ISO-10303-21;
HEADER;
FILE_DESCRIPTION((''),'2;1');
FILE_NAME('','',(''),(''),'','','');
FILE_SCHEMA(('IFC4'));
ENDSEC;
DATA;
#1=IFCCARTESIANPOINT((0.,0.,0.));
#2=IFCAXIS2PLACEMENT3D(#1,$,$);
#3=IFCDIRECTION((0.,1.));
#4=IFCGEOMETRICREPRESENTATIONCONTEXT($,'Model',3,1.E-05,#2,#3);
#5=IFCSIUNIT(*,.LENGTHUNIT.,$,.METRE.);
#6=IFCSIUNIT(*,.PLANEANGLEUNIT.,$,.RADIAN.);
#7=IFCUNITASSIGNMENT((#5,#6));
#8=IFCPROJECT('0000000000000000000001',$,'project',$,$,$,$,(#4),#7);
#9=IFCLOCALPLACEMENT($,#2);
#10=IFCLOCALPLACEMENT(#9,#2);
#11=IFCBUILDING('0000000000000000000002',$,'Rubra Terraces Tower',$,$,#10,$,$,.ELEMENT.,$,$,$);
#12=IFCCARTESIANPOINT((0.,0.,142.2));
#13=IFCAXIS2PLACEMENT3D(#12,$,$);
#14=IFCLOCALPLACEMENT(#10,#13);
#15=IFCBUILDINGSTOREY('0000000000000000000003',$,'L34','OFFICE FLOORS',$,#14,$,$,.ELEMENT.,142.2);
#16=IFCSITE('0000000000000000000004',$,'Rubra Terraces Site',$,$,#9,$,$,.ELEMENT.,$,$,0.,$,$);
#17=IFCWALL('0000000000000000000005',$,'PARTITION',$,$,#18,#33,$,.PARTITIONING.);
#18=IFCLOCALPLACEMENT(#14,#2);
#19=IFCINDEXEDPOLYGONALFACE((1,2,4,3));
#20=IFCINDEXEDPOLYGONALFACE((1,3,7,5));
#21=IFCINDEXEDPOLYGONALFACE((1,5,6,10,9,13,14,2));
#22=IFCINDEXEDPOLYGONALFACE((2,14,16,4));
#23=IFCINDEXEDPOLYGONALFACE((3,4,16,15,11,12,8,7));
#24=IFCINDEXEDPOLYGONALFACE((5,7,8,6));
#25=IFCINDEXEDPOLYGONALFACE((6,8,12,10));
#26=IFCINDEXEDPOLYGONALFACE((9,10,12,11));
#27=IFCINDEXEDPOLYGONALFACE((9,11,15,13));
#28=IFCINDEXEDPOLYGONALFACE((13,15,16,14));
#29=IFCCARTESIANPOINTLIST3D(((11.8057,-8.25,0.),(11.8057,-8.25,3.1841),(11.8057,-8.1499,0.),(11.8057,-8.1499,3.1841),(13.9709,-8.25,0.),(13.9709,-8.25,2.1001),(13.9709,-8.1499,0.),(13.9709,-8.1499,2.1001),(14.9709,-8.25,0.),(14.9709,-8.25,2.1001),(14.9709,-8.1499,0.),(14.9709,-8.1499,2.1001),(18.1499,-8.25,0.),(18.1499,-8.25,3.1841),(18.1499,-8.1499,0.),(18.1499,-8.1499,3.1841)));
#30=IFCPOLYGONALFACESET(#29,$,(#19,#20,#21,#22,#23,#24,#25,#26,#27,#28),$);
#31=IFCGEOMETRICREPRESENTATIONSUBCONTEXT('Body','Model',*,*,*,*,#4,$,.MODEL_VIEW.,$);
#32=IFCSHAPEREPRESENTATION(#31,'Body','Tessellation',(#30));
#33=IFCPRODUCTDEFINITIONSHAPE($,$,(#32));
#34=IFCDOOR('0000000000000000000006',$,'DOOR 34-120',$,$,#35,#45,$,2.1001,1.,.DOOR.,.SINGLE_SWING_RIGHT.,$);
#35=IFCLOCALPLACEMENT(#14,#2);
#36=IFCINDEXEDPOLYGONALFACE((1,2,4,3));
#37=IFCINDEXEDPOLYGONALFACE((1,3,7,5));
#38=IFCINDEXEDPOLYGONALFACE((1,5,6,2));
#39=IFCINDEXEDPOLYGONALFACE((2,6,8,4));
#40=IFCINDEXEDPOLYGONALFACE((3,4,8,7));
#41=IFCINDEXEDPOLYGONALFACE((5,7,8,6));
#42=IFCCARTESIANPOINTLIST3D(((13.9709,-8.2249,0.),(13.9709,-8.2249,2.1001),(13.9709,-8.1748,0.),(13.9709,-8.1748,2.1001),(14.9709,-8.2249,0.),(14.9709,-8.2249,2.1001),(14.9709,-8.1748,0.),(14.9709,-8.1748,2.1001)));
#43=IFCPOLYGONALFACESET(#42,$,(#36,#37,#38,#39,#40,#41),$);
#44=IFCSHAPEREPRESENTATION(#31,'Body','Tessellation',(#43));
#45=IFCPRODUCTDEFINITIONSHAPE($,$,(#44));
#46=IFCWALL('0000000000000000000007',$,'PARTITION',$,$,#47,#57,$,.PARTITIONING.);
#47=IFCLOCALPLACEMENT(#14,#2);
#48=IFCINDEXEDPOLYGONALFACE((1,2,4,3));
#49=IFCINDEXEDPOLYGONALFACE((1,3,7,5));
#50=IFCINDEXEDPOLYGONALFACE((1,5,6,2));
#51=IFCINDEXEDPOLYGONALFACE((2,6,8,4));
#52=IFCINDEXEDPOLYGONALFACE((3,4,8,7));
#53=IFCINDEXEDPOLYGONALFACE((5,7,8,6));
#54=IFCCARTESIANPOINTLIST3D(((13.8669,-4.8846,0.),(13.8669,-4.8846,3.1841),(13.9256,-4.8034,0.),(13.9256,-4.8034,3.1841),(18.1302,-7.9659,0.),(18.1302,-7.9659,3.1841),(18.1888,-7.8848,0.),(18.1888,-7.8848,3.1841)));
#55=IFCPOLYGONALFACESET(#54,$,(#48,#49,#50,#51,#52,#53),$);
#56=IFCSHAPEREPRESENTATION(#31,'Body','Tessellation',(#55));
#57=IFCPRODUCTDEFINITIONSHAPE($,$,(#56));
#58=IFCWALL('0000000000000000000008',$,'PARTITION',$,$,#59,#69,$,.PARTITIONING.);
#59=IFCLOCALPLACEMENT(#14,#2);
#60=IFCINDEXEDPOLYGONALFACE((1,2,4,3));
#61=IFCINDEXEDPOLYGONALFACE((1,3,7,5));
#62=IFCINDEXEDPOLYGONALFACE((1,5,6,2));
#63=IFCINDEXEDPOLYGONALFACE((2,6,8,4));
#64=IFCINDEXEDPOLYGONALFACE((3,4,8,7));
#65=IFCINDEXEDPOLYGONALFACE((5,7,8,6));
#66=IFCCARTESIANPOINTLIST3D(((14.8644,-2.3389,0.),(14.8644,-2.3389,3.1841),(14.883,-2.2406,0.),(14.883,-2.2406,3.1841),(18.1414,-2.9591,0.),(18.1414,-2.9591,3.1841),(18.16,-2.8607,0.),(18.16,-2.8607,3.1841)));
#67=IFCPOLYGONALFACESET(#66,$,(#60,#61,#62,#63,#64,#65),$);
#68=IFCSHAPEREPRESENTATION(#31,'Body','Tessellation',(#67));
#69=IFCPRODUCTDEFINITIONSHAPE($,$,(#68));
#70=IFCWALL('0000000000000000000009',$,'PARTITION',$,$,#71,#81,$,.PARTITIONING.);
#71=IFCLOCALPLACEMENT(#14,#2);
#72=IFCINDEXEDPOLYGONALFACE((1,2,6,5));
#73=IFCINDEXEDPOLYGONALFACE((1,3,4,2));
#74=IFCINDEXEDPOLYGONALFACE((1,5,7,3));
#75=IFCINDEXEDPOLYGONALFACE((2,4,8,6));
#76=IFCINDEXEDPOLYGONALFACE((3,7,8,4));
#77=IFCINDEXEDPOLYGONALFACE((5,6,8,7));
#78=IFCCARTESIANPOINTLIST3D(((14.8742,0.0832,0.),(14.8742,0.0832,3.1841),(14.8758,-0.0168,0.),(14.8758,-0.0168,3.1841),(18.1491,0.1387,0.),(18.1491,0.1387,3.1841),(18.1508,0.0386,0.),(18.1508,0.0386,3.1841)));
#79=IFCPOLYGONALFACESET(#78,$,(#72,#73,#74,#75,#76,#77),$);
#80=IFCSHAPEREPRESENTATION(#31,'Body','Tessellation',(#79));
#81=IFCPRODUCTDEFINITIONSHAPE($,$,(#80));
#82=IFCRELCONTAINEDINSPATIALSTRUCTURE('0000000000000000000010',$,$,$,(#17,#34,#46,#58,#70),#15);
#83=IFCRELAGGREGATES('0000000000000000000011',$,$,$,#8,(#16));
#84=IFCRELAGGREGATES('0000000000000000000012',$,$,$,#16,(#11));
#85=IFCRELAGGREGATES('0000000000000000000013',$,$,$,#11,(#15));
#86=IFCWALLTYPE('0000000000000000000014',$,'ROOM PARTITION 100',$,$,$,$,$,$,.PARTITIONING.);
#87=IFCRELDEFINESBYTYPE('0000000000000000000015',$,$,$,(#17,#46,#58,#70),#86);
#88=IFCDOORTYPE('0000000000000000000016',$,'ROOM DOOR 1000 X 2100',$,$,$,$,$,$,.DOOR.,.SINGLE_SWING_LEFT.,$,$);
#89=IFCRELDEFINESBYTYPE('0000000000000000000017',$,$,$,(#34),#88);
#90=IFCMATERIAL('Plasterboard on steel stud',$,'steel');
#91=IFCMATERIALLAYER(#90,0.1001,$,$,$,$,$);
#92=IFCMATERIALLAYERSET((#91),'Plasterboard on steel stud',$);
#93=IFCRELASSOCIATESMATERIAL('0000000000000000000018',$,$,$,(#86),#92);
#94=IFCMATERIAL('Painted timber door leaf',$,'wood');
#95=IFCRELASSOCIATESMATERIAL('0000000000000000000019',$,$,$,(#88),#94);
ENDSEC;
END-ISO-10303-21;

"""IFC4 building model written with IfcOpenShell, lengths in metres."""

from ifc_helpers import new_model, si_unit, direction, frame, frame_2d, origin, place, context, subcontext, project, spatial, rectangle, extrude, material, layer, layer_set, type_object, element, fill, save


model = new_model("IFC4")

# Units and contexts
model_context = context("Model", 3, precision=1e-05, world=origin(), true_north=direction((0.0, 1.0)))
body_context = subcontext(model_context, "Body", "Model", "MODEL_VIEW")
ifc_project = project(units=[si_unit("LENGTHUNIT", "METRE"), si_unit("PLANEANGLEUNIT", "RADIAN")], contexts=[model_context])

# Site, building, storey
site_placement = place(None, origin())
site = spatial("IfcSite", under=ifc_project, at=site_placement, Name="Rubra Terraces Site", CompositionType="ELEMENT", RefElevation=0.0)
building_placement = place(site_placement, origin())
building = spatial("IfcBuilding", under=site, at=building_placement, Name="Rubra Terraces Tower", CompositionType="ELEMENT")
storey_placement = place(building_placement, frame((0.0, 0.0, 142.2)))
storey = spatial("IfcBuildingStorey", under=building, at=storey_placement, Name="L34", Description="OFFICE FLOORS", CompositionType="ELEMENT", Elevation=142.2)

# Wall, opening, door
ifc_material_1 = material(Name="Plasterboard on steel stud", Category="steel")
ifc_layer_1 = layer(ifc_material_1, 0.1001)
ifc_layer_set_1 = layer_set([ifc_layer_1], Name="Plasterboard on steel stud")
wall_type_1 = type_object("IfcWallType", Name="ROOM PARTITION 100", PredefinedType="PARTITIONING", material=ifc_layer_set_1)
wall_1_placement = place(storey_placement, frame((18.1499, -8.2, 0.0), z_axis=(0.0, 0.0, 1.0), x_axis=(-1.0, 0.0, 0.0)))
wall_1 = element("IfcWall", 1, at=wall_1_placement, inside=storey, type_object=wall_type_1, Name="PARTITION", PredefinedType="PARTITIONING", context=body_context, shape_type="SweptSolid", body=[
    extrude(rectangle(XDim=6.3442, YDim=0.1001, at=frame_2d((3.1721, 0.0))), origin(), (0.0, 0.0, 1.0), 3.1841),
])
opening_1_placement = place(wall_1_placement, frame((3.179, 0.0, 0.0)))
opening_1 = element("IfcOpeningElement", 2, at=opening_1_placement, cuts=wall_1, PredefinedType="OPENING", context=body_context, shape_type="SweptSolid", body=[
    extrude(rectangle(XDim=1.0, YDim=2.1001, at=frame_2d((0.5, 1.05))), frame((0.0, 0.0601, 0.0), z_axis=(0.0, -1.0, 0.0), x_axis=(1.0, 0.0, 0.0)), (0.0, 0.0, 1.0), 0.1201),
])
ifc_material_2 = material(Name="Painted timber door leaf", Category="wood")
door_type_1 = type_object("IfcDoorType", Name="ROOM DOOR 1000 X 2100", OperationType="SINGLE_SWING_LEFT", PredefinedType="DOOR", material=ifc_material_2)
door_1_placement = place(opening_1_placement, origin())
door_1 = element("IfcDoor", 3, at=door_1_placement, inside=storey, type_object=door_type_1, Name="DOOR 34-120", OperationType="SINGLE_SWING_RIGHT", OverallHeight=2.1001, OverallWidth=1.0, PredefinedType="DOOR", context=body_context, shape_type="SweptSolid", body=[
    extrude(rectangle(XDim=1.0, YDim=2.1001, at=frame_2d((0.5, 1.05))), frame((0.0, 0.0249, 0.0), z_axis=(0.0, -1.0, 0.0), x_axis=(1.0, 0.0, 0.0)), (0.0, 0.0, 1.0), 0.05),
])
fill(opening_1, door_1)

# Walls
wall_2_placement = place(storey_placement, frame((13.8962, -4.844, 0.0), z_axis=(0.0, 0.0, 1.0), x_axis=(0.810469, -0.585782, 0.0)))
element("IfcWall", 4, at=wall_2_placement, inside=storey, type_object=wall_type_1, Name="PARTITION", PredefinedType="PARTITIONING", context=body_context, shape_type="SweptSolid", body=[
    extrude(rectangle(XDim=5.2603, YDim=0.1001, at=frame_2d((2.6301, 0.0))), origin(), (0.0, 0.0, 1.0), 3.1841),
])
wall_3_placement = place(storey_placement, frame((14.8738, -2.2898, 0.0), z_axis=(0.0, 0.0, 1.0), x_axis=(0.982563, -0.185928, 0.0)))
element("IfcWall", 5, at=wall_3_placement, inside=storey, type_object=wall_type_1, Name="PARTITION", PredefinedType="PARTITIONING", context=body_context, shape_type="SweptSolid", body=[
    extrude(rectangle(XDim=3.3352, YDim=0.1001, at=frame_2d((1.6675, 0.0))), origin(), (0.0, 0.0, 1.0), 3.1841),
])
wall_4_placement = place(storey_placement, frame((14.875, 0.0332, 0.0), z_axis=(0.0, 0.0, 1.0), x_axis=(0.999857, 0.01692, 0.0)))
element("IfcWall", 6, at=wall_4_placement, inside=storey, type_object=wall_type_1, Name="PARTITION", PredefinedType="PARTITIONING", context=body_context, shape_type="SweptSolid", body=[
    extrude(rectangle(XDim=3.2754, YDim=0.1001, at=frame_2d((1.6377, 0.0))), origin(), (0.0, 0.0, 1.0), 3.1841),
])

save(model, "model.ifc")
